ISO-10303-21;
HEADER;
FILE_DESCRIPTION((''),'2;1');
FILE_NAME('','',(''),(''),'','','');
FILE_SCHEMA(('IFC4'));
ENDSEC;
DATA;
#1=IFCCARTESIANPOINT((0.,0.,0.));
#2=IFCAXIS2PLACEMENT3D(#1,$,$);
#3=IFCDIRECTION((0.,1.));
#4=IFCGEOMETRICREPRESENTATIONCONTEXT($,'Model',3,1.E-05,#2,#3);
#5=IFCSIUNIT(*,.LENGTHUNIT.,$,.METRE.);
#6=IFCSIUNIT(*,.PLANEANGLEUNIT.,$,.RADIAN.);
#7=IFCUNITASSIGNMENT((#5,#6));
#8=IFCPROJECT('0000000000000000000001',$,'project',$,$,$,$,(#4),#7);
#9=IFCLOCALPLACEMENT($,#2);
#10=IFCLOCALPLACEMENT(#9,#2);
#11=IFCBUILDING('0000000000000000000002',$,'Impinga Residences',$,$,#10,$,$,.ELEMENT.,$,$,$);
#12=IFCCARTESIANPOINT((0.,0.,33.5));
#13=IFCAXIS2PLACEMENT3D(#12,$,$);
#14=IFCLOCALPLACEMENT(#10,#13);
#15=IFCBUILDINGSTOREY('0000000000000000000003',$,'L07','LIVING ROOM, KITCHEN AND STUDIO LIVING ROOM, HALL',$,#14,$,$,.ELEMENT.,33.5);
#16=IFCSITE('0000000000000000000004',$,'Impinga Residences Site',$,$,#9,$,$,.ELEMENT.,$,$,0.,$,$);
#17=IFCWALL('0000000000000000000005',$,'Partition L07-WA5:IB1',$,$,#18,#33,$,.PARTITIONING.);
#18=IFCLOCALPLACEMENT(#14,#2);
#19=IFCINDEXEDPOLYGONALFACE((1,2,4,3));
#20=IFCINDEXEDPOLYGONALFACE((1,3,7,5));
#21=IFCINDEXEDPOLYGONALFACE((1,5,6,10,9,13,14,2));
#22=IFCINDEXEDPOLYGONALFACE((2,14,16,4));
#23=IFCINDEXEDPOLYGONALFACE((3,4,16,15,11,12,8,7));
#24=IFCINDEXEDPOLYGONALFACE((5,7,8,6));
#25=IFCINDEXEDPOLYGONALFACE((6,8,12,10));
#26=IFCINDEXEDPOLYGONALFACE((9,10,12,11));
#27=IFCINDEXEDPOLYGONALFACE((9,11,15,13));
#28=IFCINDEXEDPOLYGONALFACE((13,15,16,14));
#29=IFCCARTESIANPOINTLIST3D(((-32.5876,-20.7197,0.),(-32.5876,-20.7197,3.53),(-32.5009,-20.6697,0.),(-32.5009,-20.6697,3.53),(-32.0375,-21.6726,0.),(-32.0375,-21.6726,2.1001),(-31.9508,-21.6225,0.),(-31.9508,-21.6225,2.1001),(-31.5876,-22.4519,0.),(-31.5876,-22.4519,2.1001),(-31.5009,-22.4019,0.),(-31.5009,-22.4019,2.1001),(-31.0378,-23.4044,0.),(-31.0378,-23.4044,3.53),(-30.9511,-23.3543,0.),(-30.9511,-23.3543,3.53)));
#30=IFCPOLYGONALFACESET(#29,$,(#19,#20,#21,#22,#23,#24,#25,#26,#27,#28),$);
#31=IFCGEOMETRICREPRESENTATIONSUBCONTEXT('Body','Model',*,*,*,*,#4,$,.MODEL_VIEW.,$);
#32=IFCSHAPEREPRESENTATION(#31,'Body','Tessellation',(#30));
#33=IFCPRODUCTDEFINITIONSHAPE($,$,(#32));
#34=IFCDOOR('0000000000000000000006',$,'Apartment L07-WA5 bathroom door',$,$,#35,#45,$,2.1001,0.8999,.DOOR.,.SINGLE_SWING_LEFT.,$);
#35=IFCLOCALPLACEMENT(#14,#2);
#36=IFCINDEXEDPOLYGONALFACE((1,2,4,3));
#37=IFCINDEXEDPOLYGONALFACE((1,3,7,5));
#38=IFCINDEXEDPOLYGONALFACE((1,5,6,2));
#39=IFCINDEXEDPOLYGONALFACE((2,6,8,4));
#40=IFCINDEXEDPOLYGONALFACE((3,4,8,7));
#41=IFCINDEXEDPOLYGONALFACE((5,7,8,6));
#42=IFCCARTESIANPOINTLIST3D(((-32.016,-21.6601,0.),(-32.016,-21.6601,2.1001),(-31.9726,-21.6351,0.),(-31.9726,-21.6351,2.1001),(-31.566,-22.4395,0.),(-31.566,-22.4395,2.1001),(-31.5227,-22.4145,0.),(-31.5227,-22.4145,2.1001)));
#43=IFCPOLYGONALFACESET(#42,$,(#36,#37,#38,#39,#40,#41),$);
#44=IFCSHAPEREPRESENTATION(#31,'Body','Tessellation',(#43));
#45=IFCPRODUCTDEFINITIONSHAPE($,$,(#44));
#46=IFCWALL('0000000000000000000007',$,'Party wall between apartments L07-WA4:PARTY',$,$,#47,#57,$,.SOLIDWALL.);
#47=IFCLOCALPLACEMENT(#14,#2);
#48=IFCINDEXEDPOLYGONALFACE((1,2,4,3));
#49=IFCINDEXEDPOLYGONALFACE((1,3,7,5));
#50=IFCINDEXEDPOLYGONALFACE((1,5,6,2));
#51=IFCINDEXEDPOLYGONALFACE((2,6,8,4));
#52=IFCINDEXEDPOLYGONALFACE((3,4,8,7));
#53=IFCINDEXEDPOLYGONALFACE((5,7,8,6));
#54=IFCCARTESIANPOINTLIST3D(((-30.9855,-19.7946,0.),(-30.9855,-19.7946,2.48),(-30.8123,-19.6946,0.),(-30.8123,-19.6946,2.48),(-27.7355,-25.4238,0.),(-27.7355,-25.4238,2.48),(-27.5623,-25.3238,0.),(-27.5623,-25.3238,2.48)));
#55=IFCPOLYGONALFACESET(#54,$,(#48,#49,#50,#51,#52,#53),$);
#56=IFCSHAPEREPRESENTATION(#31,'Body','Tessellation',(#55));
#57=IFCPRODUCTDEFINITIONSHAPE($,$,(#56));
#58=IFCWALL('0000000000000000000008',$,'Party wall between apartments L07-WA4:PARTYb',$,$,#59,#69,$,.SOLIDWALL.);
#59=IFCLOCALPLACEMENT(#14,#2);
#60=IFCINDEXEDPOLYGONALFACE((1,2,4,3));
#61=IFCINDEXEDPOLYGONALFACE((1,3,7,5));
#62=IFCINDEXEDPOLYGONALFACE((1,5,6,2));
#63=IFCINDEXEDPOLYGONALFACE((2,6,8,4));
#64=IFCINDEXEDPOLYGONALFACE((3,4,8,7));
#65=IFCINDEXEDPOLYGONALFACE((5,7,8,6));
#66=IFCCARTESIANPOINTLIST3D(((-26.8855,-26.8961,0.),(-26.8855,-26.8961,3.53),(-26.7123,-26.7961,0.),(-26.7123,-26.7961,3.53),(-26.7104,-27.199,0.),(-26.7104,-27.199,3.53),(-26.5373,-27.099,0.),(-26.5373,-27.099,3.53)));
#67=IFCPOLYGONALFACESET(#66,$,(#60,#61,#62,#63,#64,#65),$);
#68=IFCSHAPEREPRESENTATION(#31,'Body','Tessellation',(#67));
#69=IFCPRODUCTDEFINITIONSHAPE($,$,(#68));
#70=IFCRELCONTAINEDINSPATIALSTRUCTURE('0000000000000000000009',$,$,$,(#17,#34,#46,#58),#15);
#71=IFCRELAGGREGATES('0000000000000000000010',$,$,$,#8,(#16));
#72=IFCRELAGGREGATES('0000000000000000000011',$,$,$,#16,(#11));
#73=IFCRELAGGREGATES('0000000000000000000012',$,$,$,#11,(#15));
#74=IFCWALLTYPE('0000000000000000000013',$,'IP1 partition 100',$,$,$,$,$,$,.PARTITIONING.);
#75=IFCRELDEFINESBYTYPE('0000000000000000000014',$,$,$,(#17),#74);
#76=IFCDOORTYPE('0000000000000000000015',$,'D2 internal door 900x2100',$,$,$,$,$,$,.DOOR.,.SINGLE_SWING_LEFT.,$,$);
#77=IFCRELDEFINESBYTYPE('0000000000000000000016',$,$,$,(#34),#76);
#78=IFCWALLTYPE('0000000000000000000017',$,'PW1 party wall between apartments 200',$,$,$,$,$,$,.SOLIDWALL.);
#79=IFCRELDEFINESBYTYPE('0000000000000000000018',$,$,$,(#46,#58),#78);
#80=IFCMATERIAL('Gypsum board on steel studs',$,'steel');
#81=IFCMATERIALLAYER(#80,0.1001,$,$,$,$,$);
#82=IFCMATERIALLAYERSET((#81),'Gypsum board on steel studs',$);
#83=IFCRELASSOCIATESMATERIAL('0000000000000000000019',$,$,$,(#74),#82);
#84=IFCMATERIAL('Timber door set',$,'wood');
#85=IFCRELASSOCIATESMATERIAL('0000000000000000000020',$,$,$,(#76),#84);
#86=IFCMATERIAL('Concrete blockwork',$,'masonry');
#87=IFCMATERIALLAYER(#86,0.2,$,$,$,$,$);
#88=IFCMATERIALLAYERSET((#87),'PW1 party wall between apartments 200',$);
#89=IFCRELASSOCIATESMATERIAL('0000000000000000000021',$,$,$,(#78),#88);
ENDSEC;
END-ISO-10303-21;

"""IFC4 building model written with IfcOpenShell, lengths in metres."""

from ifc_helpers import new_model, si_unit, direction, frame, frame_2d, origin, place, context, subcontext, project, spatial, rectangle, extrude, material, layer, layer_set, type_object, element, fill, save


model = new_model("IFC4")

# Units and contexts
model_context = context("Model", 3, precision=1e-05, world=origin(), true_north=direction((0.0, 1.0)))
body_context = subcontext(model_context, "Body", "Model", "MODEL_VIEW")
ifc_project = project(units=[si_unit("LENGTHUNIT", "METRE"), si_unit("PLANEANGLEUNIT", "RADIAN")], contexts=[model_context])

# Site, building, storey
site_placement = place(None, origin())
site = spatial("IfcSite", under=ifc_project, at=site_placement, Name="Impinga Residences Site", CompositionType="ELEMENT", RefElevation=0.0)
building_placement = place(site_placement, origin())
building = spatial("IfcBuilding", under=site, at=building_placement, Name="Impinga Residences", CompositionType="ELEMENT")
storey_placement = place(building_placement, frame((0.0, 0.0, 33.5)))
storey = spatial("IfcBuildingStorey", under=building, at=storey_placement, Name="L07", Description="LIVING ROOM, KITCHEN AND STUDIO LIVING ROOM, HALL", CompositionType="ELEMENT", Elevation=33.5)

# Shared definitions
ifc_material_1 = material(Name="Gypsum board on steel studs", Category="steel")
ifc_layer_1 = layer(ifc_material_1, 0.1001)
ifc_layer_set_1 = layer_set([ifc_layer_1], Name="Gypsum board on steel studs")
wall_type_1 = type_object("IfcWallType", Name="IP1 partition 100", PredefinedType="PARTITIONING", material=ifc_layer_set_1)

# Shared definitions
ifc_material_2 = material(Name="Timber door set", Category="wood")
door_type = type_object("IfcDoorType", Name="D2 internal door 900x2100", OperationType="SINGLE_SWING_LEFT", PredefinedType="DOOR", material=ifc_material_2)

# Wall, opening, door
wall_1_placement = place(storey_placement, frame((-32.5442, -20.6948, 0.0), z_axis=(0.0, 0.0, 1.0), x_axis=(0.499968, -0.866044, 0.0)))
wall_1 = element("IfcWall", 1, at=wall_1_placement, inside=storey, type_object=wall_type_1, Name="Partition L07-WA5:IB1", PredefinedType="PARTITIONING", context=body_context, shape_type="SweptSolid", body=[
    extrude(rectangle(XDim=3.0999, YDim=0.1001, at=frame_2d((1.5498, 0.0))), origin(), (0.0, 0.0, 1.0), 3.53),
])
opening_1_placement = place(wall_1_placement, frame((1.1001, 0.0, 0.0)))
opening_1 = element("IfcOpeningElement", 2, at=opening_1_placement, cuts=wall_1, PredefinedType="OPENING", context=body_context, shape_type="SweptSolid", body=[
    extrude(rectangle(XDim=0.8999, YDim=2.1001, at=frame_2d((0.45, 1.05))), frame((0.0, 0.0601, 0.0), z_axis=(0.0, -1.0, 0.0), x_axis=(1.0, 0.0, 0.0)), (0.0, 0.0, 1.0), 0.1201),
])
door_1_placement = place(opening_1_placement, origin())
door_1 = element("IfcDoor", 3, at=door_1_placement, inside=storey, type_object=door_type, Name="Apartment L07-WA5 bathroom door", OperationType="SINGLE_SWING_LEFT", OverallHeight=2.1001, OverallWidth=0.8999, PredefinedType="DOOR", context=body_context, shape_type="SweptSolid", body=[
    extrude(rectangle(XDim=0.8999, YDim=2.1001, at=frame_2d((0.45, 1.05))), frame((0.0, 0.0249, 0.0), z_axis=(0.0, -1.0, 0.0), x_axis=(1.0, 0.0, 0.0)), (0.0, 0.0, 1.0), 0.05),
])
fill(opening_1, door_1)

# Walls
ifc_material_3 = material(Name="Concrete blockwork", Category="masonry")
ifc_layer_2 = layer(ifc_material_3, 0.2)
ifc_layer_set_2 = layer_set([ifc_layer_2], Name="PW1 party wall between apartments 200")
wall_type_2 = type_object("IfcWallType", Name="PW1 party wall between apartments 200", PredefinedType="SOLIDWALL", material=ifc_layer_set_2)
wall_2_placement = place(storey_placement, frame((-30.8989, -19.7446, 0.0), z_axis=(0.0, 0.0, 1.0), x_axis=(0.500001, -0.866025, 0.0)))
element("IfcWall", 4, at=wall_2_placement, inside=storey, type_object=wall_type_2, Name="Party wall between apartments L07-WA4:PARTY", PredefinedType="SOLIDWALL", context=body_context, shape_type="SweptSolid", body=[
    extrude(rectangle(XDim=6.5, YDim=0.2, at=frame_2d((3.25, 0.0))), origin(), (0.0, 0.0, 1.0), 2.48),
])
wall_3_placement = place(storey_placement, frame((-26.7988, -26.8462, 0.0), z_axis=(0.0, 0.0, 1.0), x_axis=(0.500266, -0.865872, 0.0)))
element("IfcWall", 5, at=wall_3_placement, inside=storey, type_object=wall_type_2, Name="Party wall between apartments L07-WA4:PARTYb", PredefinedType="SOLIDWALL", context=body_context, shape_type="SweptSolid", body=[
    extrude(rectangle(XDim=0.3499, YDim=0.2, at=frame_2d((0.1748, 0.0))), origin(), (0.0, 0.0, 1.0), 3.53),
])

save(model, "model.ifc")
